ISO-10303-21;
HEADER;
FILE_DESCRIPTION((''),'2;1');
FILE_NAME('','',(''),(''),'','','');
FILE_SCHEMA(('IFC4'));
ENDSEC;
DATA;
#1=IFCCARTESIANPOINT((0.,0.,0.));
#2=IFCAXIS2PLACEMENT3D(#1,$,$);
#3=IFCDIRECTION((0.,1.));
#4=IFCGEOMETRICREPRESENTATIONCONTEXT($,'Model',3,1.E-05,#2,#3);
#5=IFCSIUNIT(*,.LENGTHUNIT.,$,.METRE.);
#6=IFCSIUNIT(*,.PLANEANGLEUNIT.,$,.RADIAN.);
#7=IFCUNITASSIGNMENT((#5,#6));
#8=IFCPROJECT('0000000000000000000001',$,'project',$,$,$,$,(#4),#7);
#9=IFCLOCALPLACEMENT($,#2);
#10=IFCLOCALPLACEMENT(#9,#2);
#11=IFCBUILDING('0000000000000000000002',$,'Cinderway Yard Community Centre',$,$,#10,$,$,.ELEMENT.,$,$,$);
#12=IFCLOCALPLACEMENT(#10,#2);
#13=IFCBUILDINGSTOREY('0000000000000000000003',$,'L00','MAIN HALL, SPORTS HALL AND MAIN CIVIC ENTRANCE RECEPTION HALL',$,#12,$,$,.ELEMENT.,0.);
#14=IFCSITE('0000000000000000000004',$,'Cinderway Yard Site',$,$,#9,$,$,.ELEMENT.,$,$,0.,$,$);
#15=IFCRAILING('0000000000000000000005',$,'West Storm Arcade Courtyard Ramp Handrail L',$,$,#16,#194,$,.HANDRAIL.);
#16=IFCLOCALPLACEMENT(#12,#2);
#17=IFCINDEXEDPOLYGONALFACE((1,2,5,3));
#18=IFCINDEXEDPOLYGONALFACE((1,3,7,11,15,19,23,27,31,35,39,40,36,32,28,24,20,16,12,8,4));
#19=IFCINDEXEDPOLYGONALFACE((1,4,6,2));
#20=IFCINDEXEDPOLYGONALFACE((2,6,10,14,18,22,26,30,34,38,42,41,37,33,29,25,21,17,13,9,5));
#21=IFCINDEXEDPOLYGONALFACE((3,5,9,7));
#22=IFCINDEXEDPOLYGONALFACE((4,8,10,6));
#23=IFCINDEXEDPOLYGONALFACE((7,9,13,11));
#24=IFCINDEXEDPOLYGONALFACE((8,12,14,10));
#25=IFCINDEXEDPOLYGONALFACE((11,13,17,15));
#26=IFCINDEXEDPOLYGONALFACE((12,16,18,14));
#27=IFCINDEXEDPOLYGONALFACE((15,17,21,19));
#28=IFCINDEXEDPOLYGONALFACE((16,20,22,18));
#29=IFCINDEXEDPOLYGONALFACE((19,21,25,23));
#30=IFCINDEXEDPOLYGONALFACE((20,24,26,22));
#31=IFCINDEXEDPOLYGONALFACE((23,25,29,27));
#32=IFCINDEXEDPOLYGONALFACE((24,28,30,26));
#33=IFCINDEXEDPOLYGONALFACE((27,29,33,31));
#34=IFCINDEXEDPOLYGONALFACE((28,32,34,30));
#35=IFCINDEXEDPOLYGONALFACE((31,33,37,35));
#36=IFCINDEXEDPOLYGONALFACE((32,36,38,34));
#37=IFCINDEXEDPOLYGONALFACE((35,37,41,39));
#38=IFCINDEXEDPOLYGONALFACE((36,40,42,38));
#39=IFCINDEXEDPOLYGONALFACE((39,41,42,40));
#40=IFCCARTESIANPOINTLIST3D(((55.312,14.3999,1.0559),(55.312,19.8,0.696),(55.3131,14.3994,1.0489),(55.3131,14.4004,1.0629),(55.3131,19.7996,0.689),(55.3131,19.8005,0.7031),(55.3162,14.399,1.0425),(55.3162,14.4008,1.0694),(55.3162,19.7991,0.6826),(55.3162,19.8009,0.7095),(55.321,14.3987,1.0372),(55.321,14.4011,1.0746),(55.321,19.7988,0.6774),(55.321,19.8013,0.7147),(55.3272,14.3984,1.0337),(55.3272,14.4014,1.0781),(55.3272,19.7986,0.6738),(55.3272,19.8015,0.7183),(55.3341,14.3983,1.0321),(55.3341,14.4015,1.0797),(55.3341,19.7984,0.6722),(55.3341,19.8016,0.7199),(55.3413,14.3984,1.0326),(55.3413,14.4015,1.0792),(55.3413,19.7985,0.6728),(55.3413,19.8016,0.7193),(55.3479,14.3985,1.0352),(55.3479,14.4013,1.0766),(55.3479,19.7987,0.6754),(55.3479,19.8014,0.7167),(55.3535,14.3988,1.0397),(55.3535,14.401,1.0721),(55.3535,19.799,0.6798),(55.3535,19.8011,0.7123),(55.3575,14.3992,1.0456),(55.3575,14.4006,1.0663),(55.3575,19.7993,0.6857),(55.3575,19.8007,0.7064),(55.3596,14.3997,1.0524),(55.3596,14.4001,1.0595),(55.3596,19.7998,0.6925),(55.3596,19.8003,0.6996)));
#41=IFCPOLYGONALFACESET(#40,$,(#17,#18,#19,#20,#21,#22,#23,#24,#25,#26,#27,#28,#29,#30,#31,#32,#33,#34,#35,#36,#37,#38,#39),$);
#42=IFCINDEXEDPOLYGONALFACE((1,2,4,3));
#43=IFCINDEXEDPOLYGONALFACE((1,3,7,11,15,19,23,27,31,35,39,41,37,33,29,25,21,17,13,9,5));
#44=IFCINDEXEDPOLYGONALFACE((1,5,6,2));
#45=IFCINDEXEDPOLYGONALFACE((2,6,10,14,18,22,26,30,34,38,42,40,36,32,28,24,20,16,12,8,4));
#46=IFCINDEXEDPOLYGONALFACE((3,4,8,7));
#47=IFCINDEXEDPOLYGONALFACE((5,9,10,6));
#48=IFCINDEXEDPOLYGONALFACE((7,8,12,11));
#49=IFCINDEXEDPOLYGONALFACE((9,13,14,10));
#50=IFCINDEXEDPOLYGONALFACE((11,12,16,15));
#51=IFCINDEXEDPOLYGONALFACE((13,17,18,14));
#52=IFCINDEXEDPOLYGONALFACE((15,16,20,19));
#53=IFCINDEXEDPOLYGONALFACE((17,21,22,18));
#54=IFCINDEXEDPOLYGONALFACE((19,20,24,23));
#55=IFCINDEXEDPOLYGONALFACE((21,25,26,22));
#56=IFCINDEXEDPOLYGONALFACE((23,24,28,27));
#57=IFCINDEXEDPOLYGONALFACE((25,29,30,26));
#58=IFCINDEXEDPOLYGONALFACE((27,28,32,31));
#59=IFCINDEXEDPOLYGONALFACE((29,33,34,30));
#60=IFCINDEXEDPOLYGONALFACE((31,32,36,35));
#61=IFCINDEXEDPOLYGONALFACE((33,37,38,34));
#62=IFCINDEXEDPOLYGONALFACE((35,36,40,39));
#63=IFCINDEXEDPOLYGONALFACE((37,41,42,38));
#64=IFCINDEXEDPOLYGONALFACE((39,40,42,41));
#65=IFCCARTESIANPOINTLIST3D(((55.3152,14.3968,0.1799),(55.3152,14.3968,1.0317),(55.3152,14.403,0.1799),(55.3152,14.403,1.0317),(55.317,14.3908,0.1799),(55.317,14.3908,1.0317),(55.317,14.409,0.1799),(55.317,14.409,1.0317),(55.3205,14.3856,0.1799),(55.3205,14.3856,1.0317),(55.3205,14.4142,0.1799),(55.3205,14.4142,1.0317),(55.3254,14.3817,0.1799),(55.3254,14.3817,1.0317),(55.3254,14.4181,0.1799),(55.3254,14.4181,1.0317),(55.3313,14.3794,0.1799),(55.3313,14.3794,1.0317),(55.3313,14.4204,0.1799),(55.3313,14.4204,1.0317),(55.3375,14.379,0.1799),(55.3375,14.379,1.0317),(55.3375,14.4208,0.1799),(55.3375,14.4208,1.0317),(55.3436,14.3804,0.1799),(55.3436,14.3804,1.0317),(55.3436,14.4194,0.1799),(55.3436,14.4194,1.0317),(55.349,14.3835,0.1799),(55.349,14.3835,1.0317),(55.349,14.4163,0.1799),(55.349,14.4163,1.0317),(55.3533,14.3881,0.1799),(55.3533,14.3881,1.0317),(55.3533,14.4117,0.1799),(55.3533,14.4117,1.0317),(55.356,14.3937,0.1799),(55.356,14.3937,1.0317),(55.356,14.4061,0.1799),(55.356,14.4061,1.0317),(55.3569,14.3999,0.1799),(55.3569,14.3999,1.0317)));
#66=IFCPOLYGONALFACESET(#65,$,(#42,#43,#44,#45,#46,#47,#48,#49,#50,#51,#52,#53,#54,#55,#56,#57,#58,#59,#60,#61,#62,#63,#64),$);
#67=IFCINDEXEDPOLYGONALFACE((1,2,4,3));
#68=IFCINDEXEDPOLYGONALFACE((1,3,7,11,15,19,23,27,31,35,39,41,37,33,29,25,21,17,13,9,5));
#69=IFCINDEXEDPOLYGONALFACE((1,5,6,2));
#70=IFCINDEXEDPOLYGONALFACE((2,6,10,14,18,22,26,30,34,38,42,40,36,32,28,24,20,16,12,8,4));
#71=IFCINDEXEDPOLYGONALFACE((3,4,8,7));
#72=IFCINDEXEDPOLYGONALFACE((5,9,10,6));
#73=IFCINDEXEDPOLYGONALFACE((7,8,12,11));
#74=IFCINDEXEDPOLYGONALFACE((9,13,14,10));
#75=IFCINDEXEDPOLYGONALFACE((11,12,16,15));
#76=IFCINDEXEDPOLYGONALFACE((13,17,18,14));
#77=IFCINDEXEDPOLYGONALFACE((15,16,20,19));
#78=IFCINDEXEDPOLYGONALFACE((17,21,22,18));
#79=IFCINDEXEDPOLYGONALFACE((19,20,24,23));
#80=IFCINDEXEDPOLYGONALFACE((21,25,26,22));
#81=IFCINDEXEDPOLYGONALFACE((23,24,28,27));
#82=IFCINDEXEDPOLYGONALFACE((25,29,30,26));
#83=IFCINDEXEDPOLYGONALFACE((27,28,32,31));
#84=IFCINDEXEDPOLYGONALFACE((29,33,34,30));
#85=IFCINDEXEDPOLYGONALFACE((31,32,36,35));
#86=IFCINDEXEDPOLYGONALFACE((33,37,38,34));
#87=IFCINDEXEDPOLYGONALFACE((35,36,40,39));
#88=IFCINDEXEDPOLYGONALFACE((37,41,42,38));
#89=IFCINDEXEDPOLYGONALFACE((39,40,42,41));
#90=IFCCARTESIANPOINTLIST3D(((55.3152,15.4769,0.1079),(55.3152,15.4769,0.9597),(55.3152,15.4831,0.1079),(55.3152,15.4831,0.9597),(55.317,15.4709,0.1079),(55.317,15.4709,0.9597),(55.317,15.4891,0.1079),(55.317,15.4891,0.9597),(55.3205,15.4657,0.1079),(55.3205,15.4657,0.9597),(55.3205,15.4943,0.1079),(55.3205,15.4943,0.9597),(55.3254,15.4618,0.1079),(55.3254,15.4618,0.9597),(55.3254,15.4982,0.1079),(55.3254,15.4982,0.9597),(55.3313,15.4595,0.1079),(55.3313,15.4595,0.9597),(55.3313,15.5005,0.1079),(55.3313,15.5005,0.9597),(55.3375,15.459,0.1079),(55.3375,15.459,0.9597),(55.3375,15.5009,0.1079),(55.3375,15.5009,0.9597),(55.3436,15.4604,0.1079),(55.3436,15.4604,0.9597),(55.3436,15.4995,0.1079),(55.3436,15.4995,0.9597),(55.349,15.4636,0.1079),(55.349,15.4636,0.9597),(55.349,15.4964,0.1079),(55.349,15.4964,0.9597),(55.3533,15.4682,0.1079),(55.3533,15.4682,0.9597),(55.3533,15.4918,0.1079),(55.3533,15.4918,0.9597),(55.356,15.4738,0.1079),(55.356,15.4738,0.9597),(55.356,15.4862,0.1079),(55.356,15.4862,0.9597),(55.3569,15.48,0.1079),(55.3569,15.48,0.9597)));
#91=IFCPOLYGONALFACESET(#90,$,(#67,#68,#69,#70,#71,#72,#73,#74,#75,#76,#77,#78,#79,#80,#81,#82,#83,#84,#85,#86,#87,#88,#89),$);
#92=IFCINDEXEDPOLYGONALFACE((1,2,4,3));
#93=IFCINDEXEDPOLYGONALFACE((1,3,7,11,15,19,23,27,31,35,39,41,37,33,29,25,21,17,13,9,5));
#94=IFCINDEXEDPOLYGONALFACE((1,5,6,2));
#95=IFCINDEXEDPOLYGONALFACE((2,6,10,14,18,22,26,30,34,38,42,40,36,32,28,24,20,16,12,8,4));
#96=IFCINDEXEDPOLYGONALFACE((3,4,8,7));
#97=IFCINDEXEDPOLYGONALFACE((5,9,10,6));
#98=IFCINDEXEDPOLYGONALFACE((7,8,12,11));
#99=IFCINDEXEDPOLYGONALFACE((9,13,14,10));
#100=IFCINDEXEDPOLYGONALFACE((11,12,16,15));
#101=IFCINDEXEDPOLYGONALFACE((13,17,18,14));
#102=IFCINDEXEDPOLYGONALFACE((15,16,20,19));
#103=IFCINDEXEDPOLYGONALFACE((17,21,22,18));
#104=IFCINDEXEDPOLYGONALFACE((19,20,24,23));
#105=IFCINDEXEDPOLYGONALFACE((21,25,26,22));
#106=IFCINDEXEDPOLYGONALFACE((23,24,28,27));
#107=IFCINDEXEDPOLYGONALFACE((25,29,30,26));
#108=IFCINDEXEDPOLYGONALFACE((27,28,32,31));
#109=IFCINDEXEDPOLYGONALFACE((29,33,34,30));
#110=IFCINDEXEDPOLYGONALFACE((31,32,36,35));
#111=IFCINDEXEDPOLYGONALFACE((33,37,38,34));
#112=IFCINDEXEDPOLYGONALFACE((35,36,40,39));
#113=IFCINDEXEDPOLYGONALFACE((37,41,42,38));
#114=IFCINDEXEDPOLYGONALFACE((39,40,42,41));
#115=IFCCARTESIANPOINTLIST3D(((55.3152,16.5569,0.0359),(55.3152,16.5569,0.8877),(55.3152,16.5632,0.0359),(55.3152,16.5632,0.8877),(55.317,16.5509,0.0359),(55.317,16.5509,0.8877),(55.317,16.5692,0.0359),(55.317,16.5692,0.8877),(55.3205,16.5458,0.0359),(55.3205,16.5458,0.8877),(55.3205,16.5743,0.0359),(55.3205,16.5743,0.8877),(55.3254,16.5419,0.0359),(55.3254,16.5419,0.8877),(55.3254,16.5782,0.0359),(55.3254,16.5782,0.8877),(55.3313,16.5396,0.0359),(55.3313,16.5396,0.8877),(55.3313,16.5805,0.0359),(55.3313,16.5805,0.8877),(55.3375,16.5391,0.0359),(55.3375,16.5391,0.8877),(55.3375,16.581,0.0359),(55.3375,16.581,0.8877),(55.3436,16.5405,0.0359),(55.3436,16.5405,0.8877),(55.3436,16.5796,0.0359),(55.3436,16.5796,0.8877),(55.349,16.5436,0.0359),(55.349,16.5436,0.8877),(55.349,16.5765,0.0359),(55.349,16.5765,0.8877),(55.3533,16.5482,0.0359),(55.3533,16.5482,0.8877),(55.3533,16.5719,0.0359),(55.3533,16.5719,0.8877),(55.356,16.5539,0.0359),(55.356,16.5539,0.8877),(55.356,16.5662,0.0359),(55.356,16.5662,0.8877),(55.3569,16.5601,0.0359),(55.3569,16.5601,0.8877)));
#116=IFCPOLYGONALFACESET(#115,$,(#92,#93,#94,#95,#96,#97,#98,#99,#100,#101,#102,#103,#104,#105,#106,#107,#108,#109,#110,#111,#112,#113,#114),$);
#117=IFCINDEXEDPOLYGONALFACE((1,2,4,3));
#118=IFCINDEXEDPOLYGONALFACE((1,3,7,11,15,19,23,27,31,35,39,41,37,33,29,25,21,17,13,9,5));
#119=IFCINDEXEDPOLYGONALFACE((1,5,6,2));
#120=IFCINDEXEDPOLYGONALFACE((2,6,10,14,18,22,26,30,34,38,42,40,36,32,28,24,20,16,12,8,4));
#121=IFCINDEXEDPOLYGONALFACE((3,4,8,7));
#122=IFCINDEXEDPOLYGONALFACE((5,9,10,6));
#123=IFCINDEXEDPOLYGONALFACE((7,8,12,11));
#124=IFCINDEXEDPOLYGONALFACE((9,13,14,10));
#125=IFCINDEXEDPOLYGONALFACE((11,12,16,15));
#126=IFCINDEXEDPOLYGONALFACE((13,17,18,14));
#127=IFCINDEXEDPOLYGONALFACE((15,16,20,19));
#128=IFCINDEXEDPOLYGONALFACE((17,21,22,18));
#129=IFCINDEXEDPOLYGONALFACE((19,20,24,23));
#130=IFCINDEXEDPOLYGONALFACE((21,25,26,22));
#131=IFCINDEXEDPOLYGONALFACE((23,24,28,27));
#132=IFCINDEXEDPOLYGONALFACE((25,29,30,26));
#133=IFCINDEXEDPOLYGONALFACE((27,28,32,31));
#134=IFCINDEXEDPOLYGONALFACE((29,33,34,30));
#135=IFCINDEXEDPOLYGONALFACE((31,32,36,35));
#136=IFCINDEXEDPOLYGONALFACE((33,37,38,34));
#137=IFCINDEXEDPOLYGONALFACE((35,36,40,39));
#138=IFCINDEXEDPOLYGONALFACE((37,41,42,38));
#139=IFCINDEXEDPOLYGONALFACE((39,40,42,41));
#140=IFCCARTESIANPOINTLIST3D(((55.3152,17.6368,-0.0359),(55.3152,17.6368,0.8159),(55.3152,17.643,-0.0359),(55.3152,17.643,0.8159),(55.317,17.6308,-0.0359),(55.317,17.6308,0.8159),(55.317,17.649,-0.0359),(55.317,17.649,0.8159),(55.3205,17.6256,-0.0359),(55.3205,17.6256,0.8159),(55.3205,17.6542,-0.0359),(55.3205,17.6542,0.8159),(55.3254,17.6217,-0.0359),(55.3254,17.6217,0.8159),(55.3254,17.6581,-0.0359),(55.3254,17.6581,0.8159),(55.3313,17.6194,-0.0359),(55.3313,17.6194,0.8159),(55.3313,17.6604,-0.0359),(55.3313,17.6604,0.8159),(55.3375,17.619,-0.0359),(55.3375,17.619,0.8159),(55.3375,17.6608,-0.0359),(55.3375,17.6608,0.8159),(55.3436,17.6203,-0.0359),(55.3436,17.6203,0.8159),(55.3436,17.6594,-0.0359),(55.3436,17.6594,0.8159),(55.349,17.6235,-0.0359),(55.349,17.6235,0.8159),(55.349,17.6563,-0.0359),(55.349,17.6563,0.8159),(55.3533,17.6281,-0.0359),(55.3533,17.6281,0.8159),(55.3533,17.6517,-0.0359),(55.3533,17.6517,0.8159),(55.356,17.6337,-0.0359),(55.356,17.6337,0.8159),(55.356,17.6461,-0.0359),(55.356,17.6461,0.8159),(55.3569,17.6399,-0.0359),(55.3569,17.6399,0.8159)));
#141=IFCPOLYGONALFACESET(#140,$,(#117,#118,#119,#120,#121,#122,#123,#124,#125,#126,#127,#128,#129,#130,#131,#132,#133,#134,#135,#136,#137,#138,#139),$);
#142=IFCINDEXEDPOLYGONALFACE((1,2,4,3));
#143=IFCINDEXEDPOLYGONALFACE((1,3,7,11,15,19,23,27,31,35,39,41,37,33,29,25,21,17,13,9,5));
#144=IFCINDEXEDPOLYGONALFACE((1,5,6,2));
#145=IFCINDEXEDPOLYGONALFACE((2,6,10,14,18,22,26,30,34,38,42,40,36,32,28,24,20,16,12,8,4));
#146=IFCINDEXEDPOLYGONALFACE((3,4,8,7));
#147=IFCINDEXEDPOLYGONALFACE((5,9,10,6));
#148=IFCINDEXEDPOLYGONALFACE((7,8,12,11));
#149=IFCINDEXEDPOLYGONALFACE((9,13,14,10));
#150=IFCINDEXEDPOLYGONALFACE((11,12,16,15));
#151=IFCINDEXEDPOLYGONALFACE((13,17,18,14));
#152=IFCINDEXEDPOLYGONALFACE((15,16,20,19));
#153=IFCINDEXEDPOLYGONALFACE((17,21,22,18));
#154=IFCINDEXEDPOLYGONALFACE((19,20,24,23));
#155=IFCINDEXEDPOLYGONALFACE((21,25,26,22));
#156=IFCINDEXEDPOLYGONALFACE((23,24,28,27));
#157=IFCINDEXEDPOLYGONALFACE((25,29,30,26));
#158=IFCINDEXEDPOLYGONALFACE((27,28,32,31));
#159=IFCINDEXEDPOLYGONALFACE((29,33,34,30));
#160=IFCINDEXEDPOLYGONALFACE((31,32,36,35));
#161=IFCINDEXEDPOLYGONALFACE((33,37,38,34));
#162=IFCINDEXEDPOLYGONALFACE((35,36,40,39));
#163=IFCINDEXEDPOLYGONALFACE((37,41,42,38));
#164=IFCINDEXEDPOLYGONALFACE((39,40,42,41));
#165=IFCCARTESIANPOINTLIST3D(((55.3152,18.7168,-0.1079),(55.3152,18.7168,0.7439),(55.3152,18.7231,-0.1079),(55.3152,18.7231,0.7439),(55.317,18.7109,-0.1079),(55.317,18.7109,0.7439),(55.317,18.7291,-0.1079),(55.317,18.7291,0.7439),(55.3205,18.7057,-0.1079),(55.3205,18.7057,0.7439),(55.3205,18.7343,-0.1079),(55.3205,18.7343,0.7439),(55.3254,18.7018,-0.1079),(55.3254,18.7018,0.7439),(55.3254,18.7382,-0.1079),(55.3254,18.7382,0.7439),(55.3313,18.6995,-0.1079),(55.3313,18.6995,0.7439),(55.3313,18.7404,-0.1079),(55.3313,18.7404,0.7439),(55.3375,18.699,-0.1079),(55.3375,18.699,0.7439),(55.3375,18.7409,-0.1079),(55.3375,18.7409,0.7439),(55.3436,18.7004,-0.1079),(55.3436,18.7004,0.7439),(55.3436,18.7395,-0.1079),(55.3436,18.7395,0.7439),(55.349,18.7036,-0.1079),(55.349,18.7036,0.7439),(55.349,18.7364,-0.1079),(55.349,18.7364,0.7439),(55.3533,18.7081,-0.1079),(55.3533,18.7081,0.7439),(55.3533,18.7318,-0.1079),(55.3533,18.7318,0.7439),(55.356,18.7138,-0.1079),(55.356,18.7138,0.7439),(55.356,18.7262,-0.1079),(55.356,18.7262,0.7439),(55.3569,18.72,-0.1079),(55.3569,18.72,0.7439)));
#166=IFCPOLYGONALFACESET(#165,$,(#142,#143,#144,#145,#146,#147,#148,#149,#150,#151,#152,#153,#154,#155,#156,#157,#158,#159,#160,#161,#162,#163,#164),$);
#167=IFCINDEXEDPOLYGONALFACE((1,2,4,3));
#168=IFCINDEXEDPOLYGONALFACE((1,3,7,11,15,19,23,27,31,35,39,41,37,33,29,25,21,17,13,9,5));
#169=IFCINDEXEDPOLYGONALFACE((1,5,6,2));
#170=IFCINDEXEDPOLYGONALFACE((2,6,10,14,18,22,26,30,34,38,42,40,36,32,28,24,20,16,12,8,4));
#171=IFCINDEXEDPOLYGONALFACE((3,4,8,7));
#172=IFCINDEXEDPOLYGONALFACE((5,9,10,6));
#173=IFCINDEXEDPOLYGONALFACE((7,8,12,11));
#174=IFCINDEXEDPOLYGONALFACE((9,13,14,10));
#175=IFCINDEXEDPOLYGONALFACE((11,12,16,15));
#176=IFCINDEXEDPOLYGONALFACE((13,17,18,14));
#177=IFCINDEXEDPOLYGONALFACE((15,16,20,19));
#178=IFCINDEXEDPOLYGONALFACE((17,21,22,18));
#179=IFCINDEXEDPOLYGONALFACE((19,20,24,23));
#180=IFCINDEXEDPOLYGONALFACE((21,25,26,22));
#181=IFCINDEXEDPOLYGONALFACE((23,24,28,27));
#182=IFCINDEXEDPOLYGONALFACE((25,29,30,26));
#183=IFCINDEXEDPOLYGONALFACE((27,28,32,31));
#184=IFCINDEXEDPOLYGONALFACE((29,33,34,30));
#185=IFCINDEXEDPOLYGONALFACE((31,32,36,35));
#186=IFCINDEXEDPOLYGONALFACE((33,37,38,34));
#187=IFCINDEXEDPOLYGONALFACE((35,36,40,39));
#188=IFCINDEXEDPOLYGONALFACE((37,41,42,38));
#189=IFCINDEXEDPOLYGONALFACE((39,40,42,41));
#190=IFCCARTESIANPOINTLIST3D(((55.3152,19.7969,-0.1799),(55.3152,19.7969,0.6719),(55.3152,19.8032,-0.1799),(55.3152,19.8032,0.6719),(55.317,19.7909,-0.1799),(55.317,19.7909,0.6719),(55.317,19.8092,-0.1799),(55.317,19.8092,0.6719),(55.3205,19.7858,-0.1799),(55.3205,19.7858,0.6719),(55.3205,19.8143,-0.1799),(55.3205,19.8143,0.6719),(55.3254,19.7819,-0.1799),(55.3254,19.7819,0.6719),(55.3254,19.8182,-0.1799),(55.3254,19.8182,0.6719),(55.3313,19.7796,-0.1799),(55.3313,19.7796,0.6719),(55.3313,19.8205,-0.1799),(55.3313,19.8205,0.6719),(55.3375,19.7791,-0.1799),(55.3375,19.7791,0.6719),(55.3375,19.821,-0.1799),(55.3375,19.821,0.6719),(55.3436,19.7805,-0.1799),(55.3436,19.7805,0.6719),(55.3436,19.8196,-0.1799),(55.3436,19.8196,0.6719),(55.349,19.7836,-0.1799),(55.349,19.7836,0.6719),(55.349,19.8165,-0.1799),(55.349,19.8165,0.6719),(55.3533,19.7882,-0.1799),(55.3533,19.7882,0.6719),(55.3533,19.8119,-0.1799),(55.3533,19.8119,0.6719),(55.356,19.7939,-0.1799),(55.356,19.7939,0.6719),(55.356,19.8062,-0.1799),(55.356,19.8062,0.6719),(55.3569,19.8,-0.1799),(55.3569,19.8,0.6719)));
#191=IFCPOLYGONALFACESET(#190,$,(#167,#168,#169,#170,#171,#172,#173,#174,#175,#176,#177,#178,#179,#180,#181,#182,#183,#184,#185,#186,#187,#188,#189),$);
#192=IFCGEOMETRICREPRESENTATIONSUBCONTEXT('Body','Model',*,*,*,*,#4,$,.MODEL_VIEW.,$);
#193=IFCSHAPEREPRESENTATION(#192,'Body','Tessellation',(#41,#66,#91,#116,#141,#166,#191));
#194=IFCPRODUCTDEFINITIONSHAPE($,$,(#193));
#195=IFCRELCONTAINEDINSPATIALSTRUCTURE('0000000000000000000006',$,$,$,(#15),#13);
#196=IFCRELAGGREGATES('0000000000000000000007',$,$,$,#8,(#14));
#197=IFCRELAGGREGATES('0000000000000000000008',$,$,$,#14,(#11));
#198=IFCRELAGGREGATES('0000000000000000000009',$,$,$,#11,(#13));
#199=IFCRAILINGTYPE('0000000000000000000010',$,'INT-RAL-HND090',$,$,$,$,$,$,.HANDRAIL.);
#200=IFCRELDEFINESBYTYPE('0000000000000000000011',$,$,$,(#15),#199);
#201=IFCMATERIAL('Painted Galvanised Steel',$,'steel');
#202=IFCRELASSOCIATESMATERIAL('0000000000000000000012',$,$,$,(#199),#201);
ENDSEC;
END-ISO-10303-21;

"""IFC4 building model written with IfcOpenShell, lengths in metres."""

from ifc_helpers import new_model, si_unit, direction, frame, origin, origin_2d, place, context, subcontext, project, spatial, circle, extrude, material, type_object, element, save


model = new_model("IFC4")

# Units and contexts
model_context = context("Model", 3, precision=1e-05, world=origin(), true_north=direction((0.0, 1.0)))
body_context = subcontext(model_context, "Body", "Model", "MODEL_VIEW")
ifc_project = project(units=[si_unit("LENGTHUNIT", "METRE"), si_unit("PLANEANGLEUNIT", "RADIAN")], contexts=[model_context])

# Site, building, storey
site_placement = place(None, origin())
site = spatial("IfcSite", under=ifc_project, at=site_placement, Name="Cinderway Yard Site", CompositionType="ELEMENT", RefElevation=0.0)
building_placement = place(site_placement, origin())
building = spatial("IfcBuilding", under=site, at=building_placement, Name="Cinderway Yard Community Centre", CompositionType="ELEMENT")
storey_placement = place(building_placement, origin())
storey = spatial("IfcBuildingStorey", under=building, at=storey_placement, Name="L00", Description="MAIN HALL, SPORTS HALL AND MAIN CIVIC ENTRANCE RECEPTION HALL", CompositionType="ELEMENT", Elevation=0.0)

# Railing
ifc_material_1 = material(Name="Painted Galvanised Steel", Category="steel")
railing_type = type_object("IfcRailingType", Name="INT-RAL-HND090", PredefinedType="HANDRAIL", material=ifc_material_1)
for number, where, name in (
    (1, (55.3359, 14.3999, 0.1799), "West Storm Arcade Courtyard Ramp Handrail L"),
):
    element("IfcRailing", number, at=place(storey_placement, frame(where)), inside=storey, type_object=railing_type, Name=name, PredefinedType="HANDRAIL", context=body_context, shape_type="SweptSolid", body=[
        extrude(circle(Radius=0.0239, at=origin_2d()), frame((0.0, 0.0, 0.876), z_axis=(0.0, 0.997787, -0.066492), x_axis=(-1.0, 0.0, 0.0)), (0.0, 0.0, 1.0), 5.4121),
        extrude(circle(Radius=0.021, at=origin_2d()), origin(), (0.0, 0.0, 1.0), 0.8518),
        extrude(circle(Radius=0.021, at=origin_2d()), frame((0.0, 1.0801, -0.072)), (0.0, 0.0, 1.0), 0.8518),
        extrude(circle(Radius=0.021, at=origin_2d()), frame((0.0, 2.1602, -0.144)), (0.0, 0.0, 1.0), 0.8518),
        extrude(circle(Radius=0.021, at=origin_2d()), frame((0.0, 3.24, -0.2158)), (0.0, 0.0, 1.0), 0.8518),
        extrude(circle(Radius=0.021, at=origin_2d()), frame((0.0, 4.3201, -0.2878)), (0.0, 0.0, 1.0), 0.8518),
        extrude(circle(Radius=0.021, at=origin_2d()), frame((0.0, 5.4001, -0.3599)), (0.0, 0.0, 1.0), 0.8518),
    ])

save(model, "model.ifc")
